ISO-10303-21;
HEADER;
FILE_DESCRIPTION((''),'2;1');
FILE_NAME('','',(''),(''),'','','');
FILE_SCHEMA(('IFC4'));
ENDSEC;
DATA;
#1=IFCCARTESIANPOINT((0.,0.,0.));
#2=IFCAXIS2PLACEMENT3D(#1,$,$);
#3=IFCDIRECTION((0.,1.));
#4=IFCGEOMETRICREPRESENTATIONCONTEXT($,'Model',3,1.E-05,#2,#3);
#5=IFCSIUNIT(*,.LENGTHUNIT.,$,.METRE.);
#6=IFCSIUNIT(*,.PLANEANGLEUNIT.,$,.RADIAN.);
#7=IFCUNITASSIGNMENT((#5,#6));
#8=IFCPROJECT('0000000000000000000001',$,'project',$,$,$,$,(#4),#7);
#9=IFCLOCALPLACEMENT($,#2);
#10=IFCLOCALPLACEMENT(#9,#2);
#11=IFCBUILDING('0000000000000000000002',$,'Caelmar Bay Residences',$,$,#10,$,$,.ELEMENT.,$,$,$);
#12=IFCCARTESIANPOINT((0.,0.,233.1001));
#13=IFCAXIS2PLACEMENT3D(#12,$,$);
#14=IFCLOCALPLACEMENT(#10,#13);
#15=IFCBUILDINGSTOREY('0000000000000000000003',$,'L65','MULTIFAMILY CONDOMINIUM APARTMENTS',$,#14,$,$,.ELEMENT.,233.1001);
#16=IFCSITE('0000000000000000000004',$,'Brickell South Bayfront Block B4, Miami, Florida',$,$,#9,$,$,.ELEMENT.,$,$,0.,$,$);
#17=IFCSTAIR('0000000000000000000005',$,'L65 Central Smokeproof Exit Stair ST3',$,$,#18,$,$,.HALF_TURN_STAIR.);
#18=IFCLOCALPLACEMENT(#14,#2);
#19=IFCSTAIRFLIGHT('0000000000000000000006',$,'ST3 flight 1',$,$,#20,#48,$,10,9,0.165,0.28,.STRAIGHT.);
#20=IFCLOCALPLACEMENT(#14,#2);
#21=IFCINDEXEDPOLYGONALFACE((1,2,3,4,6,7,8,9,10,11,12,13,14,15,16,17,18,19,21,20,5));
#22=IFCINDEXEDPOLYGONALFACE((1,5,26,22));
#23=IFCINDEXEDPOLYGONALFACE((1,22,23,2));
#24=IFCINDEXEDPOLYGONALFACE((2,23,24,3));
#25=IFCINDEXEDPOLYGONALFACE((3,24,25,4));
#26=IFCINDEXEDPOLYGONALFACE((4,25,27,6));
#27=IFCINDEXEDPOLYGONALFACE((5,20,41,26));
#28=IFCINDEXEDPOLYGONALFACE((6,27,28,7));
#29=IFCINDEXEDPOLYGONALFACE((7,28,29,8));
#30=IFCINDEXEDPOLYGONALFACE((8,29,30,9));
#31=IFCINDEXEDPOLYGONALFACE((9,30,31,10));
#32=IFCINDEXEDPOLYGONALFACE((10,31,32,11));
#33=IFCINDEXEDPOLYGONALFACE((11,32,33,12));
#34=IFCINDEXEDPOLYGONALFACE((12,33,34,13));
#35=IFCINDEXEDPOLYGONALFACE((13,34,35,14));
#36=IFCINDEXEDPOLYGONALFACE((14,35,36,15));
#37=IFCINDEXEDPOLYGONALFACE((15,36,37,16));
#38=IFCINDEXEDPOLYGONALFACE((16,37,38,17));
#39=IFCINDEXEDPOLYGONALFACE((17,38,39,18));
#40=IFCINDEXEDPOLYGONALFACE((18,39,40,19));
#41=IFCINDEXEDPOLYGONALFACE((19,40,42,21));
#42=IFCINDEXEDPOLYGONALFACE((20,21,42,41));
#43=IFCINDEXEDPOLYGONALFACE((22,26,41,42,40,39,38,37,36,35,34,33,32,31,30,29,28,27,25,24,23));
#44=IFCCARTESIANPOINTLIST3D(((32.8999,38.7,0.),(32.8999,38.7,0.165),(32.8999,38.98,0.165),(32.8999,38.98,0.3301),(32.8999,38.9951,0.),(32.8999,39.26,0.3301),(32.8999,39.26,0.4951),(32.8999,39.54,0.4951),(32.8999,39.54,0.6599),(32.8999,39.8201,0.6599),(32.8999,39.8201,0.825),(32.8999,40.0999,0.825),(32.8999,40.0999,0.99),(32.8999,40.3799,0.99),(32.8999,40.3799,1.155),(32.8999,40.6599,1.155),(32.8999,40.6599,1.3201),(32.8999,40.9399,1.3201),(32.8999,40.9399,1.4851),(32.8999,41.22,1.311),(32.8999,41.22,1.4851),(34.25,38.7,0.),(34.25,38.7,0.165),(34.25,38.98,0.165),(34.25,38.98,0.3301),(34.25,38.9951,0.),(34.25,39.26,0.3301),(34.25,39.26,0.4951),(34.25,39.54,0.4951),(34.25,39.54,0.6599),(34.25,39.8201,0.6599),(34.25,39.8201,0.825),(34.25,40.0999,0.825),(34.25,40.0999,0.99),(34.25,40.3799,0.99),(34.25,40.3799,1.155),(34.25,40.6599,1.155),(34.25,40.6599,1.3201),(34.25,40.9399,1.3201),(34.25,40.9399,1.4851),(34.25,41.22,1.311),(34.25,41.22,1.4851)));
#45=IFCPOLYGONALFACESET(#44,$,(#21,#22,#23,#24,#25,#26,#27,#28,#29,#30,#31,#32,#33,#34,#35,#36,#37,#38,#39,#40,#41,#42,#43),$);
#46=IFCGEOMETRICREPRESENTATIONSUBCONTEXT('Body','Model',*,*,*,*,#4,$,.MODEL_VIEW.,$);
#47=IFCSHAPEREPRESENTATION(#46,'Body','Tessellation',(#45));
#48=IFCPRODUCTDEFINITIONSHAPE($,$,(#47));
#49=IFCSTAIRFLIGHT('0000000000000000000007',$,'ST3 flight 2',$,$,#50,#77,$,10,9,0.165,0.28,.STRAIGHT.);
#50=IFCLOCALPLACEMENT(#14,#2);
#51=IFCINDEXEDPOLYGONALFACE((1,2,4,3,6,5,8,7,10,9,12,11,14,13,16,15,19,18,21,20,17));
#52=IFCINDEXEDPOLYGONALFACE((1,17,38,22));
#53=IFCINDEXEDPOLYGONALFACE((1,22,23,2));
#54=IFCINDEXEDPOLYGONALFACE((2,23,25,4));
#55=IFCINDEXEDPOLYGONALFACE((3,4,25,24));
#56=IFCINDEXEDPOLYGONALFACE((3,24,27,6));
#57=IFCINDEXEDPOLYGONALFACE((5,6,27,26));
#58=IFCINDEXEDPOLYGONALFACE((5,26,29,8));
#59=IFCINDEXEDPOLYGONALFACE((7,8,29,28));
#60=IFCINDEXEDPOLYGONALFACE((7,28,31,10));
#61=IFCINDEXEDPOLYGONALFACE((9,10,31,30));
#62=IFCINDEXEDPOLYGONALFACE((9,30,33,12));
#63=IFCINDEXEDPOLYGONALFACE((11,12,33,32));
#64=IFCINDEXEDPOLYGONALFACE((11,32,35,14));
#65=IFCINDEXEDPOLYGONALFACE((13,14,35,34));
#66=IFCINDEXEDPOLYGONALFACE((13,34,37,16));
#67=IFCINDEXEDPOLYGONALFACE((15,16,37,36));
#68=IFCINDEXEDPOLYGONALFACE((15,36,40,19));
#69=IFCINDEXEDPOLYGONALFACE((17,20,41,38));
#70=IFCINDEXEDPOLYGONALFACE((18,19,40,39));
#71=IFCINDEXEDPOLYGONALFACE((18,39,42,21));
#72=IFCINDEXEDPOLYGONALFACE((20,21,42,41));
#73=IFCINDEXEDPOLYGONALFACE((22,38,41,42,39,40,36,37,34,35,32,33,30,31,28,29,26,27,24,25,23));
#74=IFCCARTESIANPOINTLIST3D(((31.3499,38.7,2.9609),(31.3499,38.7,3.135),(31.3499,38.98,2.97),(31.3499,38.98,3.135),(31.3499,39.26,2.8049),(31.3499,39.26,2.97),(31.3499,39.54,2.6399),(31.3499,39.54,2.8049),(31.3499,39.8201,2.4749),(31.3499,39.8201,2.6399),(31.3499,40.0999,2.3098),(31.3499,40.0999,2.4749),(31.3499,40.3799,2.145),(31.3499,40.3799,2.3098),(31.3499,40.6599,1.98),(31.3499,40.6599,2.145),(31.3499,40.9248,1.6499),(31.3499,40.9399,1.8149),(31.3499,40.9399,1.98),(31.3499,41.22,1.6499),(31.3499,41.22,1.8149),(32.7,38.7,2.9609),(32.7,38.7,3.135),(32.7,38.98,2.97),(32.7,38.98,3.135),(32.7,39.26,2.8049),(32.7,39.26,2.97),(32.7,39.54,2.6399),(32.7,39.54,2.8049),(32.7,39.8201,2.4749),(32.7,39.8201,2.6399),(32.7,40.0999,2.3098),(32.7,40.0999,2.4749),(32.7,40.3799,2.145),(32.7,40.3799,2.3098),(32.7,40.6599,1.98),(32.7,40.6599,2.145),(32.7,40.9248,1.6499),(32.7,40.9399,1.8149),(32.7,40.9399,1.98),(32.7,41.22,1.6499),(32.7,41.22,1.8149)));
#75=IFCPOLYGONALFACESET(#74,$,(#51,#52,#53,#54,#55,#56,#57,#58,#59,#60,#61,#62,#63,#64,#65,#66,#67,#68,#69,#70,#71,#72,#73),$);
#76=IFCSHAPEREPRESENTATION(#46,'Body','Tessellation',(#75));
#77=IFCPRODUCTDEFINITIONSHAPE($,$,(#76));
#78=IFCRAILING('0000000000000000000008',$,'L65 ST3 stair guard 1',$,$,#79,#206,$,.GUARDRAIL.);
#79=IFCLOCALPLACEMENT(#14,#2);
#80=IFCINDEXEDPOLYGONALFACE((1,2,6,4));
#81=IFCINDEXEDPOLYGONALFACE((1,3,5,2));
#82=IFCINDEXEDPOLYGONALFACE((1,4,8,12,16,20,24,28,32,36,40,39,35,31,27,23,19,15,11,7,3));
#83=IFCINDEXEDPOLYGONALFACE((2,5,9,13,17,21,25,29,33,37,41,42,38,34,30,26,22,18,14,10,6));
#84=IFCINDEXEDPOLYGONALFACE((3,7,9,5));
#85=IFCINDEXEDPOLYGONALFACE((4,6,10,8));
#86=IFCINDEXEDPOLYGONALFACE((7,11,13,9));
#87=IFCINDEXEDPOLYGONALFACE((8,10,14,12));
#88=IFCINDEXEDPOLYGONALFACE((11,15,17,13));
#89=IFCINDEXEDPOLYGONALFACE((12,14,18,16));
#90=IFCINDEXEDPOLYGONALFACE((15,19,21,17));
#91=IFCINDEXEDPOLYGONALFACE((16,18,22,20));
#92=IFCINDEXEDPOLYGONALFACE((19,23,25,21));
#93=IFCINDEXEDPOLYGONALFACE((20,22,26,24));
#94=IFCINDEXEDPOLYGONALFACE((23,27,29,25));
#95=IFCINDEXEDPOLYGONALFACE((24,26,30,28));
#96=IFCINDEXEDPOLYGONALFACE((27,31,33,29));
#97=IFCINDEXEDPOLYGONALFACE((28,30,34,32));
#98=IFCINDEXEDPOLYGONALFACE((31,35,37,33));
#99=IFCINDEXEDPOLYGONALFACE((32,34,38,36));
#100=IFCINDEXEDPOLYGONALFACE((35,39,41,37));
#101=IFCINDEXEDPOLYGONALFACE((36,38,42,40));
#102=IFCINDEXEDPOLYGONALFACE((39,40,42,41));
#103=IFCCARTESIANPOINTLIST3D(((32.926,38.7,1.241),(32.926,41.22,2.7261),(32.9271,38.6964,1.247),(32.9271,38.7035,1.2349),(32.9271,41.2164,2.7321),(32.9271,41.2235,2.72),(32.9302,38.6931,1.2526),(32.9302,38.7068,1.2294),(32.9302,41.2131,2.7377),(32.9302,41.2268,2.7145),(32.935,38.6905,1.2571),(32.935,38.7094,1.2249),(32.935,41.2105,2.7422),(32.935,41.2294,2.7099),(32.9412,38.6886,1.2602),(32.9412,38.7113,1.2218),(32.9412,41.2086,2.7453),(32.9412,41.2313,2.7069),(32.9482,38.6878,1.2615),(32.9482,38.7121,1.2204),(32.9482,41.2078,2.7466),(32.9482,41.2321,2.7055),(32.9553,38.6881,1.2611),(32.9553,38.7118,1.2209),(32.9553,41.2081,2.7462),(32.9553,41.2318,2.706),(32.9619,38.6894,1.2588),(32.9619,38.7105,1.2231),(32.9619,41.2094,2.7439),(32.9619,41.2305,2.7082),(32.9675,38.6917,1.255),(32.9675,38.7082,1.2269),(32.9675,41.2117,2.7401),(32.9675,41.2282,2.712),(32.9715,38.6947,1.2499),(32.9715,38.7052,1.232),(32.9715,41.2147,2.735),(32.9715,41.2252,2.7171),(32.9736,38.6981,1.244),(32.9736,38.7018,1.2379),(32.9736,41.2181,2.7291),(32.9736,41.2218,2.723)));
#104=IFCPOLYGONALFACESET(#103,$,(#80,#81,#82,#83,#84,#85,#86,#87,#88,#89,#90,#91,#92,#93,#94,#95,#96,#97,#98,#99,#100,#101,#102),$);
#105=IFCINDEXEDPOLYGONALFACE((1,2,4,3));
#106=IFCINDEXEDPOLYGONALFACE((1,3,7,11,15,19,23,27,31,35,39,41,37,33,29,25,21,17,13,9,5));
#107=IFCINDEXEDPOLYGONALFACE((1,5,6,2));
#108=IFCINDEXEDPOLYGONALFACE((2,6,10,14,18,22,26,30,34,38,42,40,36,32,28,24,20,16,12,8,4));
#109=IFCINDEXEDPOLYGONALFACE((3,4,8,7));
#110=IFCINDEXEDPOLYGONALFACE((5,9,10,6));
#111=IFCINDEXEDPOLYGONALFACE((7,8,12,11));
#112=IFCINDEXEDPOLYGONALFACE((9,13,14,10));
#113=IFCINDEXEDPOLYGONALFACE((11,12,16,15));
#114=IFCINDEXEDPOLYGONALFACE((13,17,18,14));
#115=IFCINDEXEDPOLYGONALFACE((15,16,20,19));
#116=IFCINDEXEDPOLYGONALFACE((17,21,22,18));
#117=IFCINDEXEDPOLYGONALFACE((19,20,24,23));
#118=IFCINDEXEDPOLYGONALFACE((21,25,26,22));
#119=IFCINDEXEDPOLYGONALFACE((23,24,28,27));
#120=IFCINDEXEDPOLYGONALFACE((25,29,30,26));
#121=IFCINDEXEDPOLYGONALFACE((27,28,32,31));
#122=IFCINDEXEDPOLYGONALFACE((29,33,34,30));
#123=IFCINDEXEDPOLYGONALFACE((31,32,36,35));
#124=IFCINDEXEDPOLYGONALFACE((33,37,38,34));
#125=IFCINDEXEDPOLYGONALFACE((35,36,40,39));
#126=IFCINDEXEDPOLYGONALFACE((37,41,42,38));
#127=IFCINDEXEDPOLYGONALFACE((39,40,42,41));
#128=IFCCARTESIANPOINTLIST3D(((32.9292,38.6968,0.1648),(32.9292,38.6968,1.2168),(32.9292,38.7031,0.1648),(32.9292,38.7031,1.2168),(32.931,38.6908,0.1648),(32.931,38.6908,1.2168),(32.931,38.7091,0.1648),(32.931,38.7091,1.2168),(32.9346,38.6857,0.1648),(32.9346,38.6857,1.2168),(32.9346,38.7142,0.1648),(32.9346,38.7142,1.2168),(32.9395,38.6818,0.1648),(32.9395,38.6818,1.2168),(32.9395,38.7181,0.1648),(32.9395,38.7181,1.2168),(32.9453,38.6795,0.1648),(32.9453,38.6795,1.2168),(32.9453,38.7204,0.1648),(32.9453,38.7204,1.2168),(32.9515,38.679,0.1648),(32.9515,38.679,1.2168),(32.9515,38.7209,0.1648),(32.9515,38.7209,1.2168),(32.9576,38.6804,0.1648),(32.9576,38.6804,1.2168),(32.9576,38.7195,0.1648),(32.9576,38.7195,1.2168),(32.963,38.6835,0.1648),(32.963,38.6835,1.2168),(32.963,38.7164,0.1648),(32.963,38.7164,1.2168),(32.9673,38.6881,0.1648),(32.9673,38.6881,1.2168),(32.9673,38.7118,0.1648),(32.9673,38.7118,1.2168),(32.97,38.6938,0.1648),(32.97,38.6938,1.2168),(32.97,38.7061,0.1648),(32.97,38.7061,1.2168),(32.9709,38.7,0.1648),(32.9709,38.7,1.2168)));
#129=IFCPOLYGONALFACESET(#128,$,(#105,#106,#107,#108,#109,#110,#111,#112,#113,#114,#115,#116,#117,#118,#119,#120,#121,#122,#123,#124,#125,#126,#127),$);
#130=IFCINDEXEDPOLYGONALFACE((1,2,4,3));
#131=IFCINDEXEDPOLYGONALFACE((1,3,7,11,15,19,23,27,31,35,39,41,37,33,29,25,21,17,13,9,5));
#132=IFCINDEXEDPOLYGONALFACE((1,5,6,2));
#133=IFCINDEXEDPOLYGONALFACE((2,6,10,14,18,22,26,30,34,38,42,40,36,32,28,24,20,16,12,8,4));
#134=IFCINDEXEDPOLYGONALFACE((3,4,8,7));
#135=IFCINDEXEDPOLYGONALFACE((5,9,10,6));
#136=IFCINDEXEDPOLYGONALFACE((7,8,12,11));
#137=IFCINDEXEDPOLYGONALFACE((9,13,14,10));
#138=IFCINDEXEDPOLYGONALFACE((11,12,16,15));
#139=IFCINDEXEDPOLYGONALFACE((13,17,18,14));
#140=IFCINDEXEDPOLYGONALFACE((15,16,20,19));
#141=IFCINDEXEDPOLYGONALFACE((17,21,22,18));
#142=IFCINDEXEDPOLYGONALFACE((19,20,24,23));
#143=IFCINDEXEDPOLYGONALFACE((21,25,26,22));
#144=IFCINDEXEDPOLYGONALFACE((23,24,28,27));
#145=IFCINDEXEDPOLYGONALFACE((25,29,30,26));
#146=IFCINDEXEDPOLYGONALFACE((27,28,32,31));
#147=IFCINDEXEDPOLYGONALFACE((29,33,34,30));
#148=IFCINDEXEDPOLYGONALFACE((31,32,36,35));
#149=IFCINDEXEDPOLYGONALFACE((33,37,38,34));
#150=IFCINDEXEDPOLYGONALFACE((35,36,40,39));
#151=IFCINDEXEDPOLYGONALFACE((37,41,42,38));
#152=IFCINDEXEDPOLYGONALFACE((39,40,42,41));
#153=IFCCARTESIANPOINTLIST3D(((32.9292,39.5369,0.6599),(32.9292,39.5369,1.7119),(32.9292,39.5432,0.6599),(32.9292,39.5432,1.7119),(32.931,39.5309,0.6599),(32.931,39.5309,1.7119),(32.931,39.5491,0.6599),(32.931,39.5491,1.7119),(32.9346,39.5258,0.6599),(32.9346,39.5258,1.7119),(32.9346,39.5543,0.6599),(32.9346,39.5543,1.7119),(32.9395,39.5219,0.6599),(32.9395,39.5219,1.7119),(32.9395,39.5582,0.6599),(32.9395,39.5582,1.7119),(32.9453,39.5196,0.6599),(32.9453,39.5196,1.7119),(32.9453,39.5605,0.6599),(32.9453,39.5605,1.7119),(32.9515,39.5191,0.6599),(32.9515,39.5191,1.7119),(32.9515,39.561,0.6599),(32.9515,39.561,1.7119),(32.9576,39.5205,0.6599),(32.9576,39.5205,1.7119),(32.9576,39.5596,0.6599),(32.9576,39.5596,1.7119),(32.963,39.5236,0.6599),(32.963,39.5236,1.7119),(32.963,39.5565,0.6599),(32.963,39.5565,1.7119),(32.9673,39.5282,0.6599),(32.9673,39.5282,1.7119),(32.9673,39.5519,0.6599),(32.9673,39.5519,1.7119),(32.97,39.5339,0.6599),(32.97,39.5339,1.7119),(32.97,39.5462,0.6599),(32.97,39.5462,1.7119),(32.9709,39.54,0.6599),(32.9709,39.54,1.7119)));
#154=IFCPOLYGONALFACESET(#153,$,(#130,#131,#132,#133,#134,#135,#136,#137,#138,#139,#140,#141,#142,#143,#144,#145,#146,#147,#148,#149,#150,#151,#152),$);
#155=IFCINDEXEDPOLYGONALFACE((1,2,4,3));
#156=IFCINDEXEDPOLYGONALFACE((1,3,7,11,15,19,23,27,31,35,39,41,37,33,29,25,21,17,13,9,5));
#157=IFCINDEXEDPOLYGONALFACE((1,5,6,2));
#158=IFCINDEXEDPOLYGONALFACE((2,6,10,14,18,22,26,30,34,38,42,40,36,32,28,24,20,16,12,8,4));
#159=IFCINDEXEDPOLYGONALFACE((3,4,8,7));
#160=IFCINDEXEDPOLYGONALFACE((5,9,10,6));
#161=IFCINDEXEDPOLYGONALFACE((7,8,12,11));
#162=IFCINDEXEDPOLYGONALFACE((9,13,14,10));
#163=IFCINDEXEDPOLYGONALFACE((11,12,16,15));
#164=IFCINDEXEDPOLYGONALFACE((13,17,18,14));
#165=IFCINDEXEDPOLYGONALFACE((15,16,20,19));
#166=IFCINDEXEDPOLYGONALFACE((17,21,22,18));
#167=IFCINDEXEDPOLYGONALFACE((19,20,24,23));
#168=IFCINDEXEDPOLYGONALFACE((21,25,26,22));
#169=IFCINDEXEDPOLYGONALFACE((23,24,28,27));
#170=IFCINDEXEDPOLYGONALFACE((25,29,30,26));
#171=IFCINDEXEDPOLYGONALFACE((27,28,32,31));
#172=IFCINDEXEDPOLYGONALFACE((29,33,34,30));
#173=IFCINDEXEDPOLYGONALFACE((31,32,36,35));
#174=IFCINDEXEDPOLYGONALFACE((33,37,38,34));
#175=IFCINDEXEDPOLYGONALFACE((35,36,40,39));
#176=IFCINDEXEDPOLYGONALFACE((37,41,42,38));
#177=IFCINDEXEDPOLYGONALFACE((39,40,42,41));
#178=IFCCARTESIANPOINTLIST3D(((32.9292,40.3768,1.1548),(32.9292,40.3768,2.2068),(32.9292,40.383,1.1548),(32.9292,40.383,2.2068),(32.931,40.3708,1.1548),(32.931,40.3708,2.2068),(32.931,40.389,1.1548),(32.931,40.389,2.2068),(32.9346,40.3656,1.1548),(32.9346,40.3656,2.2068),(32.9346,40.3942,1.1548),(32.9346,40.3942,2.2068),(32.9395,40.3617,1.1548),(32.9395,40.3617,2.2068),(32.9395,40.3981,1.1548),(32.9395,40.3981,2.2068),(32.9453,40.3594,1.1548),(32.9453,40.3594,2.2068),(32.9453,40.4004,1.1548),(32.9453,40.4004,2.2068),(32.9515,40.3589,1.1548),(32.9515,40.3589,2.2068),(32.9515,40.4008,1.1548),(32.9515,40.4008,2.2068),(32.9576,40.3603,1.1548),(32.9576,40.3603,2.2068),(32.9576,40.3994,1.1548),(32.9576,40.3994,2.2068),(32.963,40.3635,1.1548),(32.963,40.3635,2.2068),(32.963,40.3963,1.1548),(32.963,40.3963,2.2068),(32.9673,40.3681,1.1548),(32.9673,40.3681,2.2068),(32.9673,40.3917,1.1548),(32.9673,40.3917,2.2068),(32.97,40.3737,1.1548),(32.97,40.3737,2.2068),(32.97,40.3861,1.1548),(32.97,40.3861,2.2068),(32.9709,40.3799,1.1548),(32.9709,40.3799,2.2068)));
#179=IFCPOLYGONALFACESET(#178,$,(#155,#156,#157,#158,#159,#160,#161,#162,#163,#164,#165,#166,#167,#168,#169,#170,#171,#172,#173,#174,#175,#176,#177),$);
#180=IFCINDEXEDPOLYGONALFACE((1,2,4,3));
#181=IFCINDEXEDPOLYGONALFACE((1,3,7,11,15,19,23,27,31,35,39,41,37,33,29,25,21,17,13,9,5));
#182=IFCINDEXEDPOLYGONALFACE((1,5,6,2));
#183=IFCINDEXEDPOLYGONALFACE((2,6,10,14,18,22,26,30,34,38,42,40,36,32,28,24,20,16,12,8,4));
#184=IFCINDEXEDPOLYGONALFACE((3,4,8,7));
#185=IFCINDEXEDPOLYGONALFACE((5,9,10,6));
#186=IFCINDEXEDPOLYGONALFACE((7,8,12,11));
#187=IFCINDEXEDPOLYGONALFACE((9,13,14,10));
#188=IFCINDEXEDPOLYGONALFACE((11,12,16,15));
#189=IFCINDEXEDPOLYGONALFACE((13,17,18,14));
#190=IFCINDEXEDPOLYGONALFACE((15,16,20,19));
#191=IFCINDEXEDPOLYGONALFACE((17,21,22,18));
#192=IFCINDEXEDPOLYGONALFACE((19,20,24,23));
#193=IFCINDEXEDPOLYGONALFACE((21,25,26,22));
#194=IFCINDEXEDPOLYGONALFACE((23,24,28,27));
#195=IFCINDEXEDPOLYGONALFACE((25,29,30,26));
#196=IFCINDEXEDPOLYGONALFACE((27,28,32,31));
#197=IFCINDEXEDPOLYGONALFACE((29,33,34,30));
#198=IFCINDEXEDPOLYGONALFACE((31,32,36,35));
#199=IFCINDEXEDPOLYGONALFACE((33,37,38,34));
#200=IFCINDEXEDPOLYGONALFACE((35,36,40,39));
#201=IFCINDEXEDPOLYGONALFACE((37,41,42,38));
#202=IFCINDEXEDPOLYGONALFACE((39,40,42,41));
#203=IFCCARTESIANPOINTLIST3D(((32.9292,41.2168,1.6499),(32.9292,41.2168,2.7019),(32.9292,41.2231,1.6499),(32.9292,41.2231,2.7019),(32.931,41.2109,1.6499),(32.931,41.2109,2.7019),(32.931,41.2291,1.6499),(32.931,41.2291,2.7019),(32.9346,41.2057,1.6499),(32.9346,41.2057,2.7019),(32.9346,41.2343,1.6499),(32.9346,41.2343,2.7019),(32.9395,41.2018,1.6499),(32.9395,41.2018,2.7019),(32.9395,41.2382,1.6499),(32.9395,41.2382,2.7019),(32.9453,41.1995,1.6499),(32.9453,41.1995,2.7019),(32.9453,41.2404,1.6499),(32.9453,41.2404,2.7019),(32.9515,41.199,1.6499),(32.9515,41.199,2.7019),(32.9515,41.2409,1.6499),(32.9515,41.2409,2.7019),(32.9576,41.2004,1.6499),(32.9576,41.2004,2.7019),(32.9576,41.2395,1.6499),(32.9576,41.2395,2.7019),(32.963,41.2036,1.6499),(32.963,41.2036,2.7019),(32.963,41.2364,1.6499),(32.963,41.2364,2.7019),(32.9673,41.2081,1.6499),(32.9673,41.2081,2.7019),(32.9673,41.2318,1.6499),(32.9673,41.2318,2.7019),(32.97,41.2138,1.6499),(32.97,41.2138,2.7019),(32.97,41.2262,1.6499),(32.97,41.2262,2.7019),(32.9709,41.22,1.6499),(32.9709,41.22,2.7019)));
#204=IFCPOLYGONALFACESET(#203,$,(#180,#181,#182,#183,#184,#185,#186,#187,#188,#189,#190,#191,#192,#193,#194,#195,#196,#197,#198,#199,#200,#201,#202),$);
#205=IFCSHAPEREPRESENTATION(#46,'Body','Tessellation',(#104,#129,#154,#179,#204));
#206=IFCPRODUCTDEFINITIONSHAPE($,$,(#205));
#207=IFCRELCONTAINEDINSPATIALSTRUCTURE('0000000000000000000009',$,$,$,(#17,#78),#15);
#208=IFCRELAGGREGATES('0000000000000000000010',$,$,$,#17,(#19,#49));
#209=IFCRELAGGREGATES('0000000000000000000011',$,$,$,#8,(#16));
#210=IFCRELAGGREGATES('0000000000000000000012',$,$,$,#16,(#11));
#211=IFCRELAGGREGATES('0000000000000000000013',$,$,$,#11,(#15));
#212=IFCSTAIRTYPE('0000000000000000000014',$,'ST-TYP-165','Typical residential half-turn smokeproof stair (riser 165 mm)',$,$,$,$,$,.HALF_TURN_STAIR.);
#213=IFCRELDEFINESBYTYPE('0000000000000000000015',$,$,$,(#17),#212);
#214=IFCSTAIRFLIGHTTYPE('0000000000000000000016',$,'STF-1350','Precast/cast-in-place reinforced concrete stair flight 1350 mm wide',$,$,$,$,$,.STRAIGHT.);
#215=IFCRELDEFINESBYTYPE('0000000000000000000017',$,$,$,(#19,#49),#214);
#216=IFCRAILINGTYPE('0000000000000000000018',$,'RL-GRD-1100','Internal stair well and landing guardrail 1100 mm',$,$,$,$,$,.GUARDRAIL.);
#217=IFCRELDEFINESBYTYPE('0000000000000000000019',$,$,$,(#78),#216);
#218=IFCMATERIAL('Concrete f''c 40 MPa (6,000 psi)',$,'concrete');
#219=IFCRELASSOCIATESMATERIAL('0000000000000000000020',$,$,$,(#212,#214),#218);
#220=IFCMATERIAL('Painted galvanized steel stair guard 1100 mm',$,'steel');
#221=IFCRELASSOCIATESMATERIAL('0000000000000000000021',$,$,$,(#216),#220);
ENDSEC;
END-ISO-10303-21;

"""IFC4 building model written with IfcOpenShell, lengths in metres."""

from ifc_helpers import new_model, si_unit, direction, frame, origin, origin_2d, place, context, subcontext, project, spatial, polyline, circle, outline, extrude, material, type_object, element, aggregate, save


model = new_model("IFC4")

# Units and contexts
model_context = context("Model", 3, precision=1e-05, world=origin(), true_north=direction((0.0, 1.0)))
body_context = subcontext(model_context, "Body", "Model", "MODEL_VIEW")
ifc_project = project(units=[si_unit("LENGTHUNIT", "METRE"), si_unit("PLANEANGLEUNIT", "RADIAN")], contexts=[model_context])

# Site, building, storey
site_placement = place(None, origin())
site = spatial("IfcSite", under=ifc_project, at=site_placement, Name="Brickell South Bayfront Block B4, Miami, Florida", CompositionType="ELEMENT", RefElevation=0.0)
building_placement = place(site_placement, origin())
building = spatial("IfcBuilding", under=site, at=building_placement, Name="Caelmar Bay Residences", CompositionType="ELEMENT")
storey_placement = place(building_placement, frame((0.0, 0.0, 233.1001)))
storey = spatial("IfcBuildingStorey", under=building, at=storey_placement, Name="L65", Description="MULTIFAMILY CONDOMINIUM APARTMENTS", CompositionType="ELEMENT", Elevation=233.1001)

# Stair, stair flights
ifc_material_1 = material(Name="Concrete f'c 40 MPa (6,000 psi)", Category="concrete")
stair_type = type_object("IfcStairType", Name="ST-TYP-165", Description="Typical residential half-turn smokeproof stair (riser 165 mm)", PredefinedType="HALF_TURN_STAIR", material=ifc_material_1)
stair_placement = place(storey_placement, origin())
stair = element("IfcStair", 1, at=stair_placement, inside=storey, type_object=stair_type, Name="L65 Central Smokeproof Exit Stair ST3", PredefinedType="HALF_TURN_STAIR")
stair_flight_type = type_object("IfcStairFlightType", Name="STF-1350", Description="Precast/cast-in-place reinforced concrete stair flight 1350 mm wide", PredefinedType="STRAIGHT", material=ifc_material_1)
stair_flight_1_placement = place(storey_placement, frame((33.575, 38.7, 0.0), z_axis=(0.0, 0.0, 1.0), x_axis=(0.0, 1.0, 0.0)))
stair_flight_1 = element("IfcStairFlight", 2, at=stair_flight_1_placement, type_object=stair_flight_type, Name="ST3 flight 1", NumberOfRisers=10, NumberOfTreads=9, PredefinedType="STRAIGHT", RiserHeight=0.165, TreadLength=0.28, context=body_context, shape_type="SweptSolid", body=[
    extrude(outline(polyline([(0.0, 0.0), (0.0, 0.165), (0.28, 0.165), (0.28, 0.3301), (0.5601, 0.3301), (0.5601, 0.4951), (0.8401, 0.4951), (0.8401, 0.6599), (1.1201, 0.6599), (1.1201, 0.825), (1.3999, 0.825), (1.3999, 0.99), (1.6799, 0.99), (1.6799, 1.155), (1.96, 1.155), (1.96, 1.3201), (2.24, 1.3201), (2.24, 1.4851), (2.52, 1.4851), (2.52, 1.6499), (2.52, 1.311), (0.2952, 0.0), (0.0, 0.0)])), frame((0.0, 0.675, 0.0), z_axis=(0.0, -1.0, 0.0), x_axis=(1.0, 0.0, 0.0)), (0.0, 0.0, 1.0), 1.3501),
])
stair_flight_2_placement = place(storey_placement, frame((32.0249, 41.22, 1.6499), z_axis=(0.0, 0.0, 1.0), x_axis=(0.0, -1.0, 0.0)))
stair_flight_2 = element("IfcStairFlight", 3, at=stair_flight_2_placement, type_object=stair_flight_type, Name="ST3 flight 2", NumberOfRisers=10, NumberOfTreads=9, PredefinedType="STRAIGHT", RiserHeight=0.165, TreadLength=0.28, context=body_context, shape_type="SweptSolid", body=[
    extrude(outline(polyline([(0.0, 0.0), (0.0, 0.165), (0.28, 0.165), (0.28, 0.3301), (0.5601, 0.3301), (0.5601, 0.4951), (0.8401, 0.4951), (0.8401, 0.6599), (1.1201, 0.6599), (1.1201, 0.825), (1.3999, 0.825), (1.3999, 0.99), (1.6799, 0.99), (1.6799, 1.155), (1.96, 1.155), (1.96, 1.3201), (2.24, 1.3201), (2.24, 1.4851), (2.52, 1.4851), (2.52, 1.6499), (2.52, 1.311), (0.2952, 0.0), (0.0, 0.0)])), frame((0.0, 0.675, 0.0), z_axis=(0.0, -1.0, 0.0), x_axis=(1.0, 0.0, 0.0)), (0.0, 0.0, 1.0), 1.3501),
])
aggregate(stair, [stair_flight_1, stair_flight_2])

# Railing
ifc_material_2 = material(Name="Painted galvanized steel stair guard 1100 mm", Category="steel")
railing_type_1 = type_object("IfcRailingType", Name="RL-GRD-1100", Description="Internal stair well and landing guardrail 1100 mm", PredefinedType="GUARDRAIL", material=ifc_material_2)
railing_1_placement = place(storey_placement, frame((32.95, 38.7, 0.1648)))
element("IfcRailing", 4, at=railing_1_placement, inside=storey, type_object=railing_type_1, Name="L65 ST3 stair guard 1", PredefinedType="GUARDRAIL", context=body_context, shape_type="SweptSolid", body=[
    extrude(circle(Radius=0.0239, at=origin_2d()), frame((0.0, 0.0, 1.0762), z_axis=(0.0, 0.861524, 0.507717), x_axis=(-1.0, 0.0, 0.0)), (0.0, 0.0, 1.0), 2.925),
    extrude(circle(Radius=0.021, at=origin_2d()), origin(), (0.0, 0.0, 1.0), 1.052),
    extrude(circle(Radius=0.021, at=origin_2d()), frame((0.0, 0.8401, 0.4951)), (0.0, 0.0, 1.0), 1.052),
    extrude(circle(Radius=0.021, at=origin_2d()), frame((0.0, 1.6799, 0.99)), (0.0, 0.0, 1.0), 1.052),
    extrude(circle(Radius=0.021, at=origin_2d()), frame((0.0, 2.52, 1.4851)), (0.0, 0.0, 1.0), 1.052),
])

save(model, "model.ifc")
